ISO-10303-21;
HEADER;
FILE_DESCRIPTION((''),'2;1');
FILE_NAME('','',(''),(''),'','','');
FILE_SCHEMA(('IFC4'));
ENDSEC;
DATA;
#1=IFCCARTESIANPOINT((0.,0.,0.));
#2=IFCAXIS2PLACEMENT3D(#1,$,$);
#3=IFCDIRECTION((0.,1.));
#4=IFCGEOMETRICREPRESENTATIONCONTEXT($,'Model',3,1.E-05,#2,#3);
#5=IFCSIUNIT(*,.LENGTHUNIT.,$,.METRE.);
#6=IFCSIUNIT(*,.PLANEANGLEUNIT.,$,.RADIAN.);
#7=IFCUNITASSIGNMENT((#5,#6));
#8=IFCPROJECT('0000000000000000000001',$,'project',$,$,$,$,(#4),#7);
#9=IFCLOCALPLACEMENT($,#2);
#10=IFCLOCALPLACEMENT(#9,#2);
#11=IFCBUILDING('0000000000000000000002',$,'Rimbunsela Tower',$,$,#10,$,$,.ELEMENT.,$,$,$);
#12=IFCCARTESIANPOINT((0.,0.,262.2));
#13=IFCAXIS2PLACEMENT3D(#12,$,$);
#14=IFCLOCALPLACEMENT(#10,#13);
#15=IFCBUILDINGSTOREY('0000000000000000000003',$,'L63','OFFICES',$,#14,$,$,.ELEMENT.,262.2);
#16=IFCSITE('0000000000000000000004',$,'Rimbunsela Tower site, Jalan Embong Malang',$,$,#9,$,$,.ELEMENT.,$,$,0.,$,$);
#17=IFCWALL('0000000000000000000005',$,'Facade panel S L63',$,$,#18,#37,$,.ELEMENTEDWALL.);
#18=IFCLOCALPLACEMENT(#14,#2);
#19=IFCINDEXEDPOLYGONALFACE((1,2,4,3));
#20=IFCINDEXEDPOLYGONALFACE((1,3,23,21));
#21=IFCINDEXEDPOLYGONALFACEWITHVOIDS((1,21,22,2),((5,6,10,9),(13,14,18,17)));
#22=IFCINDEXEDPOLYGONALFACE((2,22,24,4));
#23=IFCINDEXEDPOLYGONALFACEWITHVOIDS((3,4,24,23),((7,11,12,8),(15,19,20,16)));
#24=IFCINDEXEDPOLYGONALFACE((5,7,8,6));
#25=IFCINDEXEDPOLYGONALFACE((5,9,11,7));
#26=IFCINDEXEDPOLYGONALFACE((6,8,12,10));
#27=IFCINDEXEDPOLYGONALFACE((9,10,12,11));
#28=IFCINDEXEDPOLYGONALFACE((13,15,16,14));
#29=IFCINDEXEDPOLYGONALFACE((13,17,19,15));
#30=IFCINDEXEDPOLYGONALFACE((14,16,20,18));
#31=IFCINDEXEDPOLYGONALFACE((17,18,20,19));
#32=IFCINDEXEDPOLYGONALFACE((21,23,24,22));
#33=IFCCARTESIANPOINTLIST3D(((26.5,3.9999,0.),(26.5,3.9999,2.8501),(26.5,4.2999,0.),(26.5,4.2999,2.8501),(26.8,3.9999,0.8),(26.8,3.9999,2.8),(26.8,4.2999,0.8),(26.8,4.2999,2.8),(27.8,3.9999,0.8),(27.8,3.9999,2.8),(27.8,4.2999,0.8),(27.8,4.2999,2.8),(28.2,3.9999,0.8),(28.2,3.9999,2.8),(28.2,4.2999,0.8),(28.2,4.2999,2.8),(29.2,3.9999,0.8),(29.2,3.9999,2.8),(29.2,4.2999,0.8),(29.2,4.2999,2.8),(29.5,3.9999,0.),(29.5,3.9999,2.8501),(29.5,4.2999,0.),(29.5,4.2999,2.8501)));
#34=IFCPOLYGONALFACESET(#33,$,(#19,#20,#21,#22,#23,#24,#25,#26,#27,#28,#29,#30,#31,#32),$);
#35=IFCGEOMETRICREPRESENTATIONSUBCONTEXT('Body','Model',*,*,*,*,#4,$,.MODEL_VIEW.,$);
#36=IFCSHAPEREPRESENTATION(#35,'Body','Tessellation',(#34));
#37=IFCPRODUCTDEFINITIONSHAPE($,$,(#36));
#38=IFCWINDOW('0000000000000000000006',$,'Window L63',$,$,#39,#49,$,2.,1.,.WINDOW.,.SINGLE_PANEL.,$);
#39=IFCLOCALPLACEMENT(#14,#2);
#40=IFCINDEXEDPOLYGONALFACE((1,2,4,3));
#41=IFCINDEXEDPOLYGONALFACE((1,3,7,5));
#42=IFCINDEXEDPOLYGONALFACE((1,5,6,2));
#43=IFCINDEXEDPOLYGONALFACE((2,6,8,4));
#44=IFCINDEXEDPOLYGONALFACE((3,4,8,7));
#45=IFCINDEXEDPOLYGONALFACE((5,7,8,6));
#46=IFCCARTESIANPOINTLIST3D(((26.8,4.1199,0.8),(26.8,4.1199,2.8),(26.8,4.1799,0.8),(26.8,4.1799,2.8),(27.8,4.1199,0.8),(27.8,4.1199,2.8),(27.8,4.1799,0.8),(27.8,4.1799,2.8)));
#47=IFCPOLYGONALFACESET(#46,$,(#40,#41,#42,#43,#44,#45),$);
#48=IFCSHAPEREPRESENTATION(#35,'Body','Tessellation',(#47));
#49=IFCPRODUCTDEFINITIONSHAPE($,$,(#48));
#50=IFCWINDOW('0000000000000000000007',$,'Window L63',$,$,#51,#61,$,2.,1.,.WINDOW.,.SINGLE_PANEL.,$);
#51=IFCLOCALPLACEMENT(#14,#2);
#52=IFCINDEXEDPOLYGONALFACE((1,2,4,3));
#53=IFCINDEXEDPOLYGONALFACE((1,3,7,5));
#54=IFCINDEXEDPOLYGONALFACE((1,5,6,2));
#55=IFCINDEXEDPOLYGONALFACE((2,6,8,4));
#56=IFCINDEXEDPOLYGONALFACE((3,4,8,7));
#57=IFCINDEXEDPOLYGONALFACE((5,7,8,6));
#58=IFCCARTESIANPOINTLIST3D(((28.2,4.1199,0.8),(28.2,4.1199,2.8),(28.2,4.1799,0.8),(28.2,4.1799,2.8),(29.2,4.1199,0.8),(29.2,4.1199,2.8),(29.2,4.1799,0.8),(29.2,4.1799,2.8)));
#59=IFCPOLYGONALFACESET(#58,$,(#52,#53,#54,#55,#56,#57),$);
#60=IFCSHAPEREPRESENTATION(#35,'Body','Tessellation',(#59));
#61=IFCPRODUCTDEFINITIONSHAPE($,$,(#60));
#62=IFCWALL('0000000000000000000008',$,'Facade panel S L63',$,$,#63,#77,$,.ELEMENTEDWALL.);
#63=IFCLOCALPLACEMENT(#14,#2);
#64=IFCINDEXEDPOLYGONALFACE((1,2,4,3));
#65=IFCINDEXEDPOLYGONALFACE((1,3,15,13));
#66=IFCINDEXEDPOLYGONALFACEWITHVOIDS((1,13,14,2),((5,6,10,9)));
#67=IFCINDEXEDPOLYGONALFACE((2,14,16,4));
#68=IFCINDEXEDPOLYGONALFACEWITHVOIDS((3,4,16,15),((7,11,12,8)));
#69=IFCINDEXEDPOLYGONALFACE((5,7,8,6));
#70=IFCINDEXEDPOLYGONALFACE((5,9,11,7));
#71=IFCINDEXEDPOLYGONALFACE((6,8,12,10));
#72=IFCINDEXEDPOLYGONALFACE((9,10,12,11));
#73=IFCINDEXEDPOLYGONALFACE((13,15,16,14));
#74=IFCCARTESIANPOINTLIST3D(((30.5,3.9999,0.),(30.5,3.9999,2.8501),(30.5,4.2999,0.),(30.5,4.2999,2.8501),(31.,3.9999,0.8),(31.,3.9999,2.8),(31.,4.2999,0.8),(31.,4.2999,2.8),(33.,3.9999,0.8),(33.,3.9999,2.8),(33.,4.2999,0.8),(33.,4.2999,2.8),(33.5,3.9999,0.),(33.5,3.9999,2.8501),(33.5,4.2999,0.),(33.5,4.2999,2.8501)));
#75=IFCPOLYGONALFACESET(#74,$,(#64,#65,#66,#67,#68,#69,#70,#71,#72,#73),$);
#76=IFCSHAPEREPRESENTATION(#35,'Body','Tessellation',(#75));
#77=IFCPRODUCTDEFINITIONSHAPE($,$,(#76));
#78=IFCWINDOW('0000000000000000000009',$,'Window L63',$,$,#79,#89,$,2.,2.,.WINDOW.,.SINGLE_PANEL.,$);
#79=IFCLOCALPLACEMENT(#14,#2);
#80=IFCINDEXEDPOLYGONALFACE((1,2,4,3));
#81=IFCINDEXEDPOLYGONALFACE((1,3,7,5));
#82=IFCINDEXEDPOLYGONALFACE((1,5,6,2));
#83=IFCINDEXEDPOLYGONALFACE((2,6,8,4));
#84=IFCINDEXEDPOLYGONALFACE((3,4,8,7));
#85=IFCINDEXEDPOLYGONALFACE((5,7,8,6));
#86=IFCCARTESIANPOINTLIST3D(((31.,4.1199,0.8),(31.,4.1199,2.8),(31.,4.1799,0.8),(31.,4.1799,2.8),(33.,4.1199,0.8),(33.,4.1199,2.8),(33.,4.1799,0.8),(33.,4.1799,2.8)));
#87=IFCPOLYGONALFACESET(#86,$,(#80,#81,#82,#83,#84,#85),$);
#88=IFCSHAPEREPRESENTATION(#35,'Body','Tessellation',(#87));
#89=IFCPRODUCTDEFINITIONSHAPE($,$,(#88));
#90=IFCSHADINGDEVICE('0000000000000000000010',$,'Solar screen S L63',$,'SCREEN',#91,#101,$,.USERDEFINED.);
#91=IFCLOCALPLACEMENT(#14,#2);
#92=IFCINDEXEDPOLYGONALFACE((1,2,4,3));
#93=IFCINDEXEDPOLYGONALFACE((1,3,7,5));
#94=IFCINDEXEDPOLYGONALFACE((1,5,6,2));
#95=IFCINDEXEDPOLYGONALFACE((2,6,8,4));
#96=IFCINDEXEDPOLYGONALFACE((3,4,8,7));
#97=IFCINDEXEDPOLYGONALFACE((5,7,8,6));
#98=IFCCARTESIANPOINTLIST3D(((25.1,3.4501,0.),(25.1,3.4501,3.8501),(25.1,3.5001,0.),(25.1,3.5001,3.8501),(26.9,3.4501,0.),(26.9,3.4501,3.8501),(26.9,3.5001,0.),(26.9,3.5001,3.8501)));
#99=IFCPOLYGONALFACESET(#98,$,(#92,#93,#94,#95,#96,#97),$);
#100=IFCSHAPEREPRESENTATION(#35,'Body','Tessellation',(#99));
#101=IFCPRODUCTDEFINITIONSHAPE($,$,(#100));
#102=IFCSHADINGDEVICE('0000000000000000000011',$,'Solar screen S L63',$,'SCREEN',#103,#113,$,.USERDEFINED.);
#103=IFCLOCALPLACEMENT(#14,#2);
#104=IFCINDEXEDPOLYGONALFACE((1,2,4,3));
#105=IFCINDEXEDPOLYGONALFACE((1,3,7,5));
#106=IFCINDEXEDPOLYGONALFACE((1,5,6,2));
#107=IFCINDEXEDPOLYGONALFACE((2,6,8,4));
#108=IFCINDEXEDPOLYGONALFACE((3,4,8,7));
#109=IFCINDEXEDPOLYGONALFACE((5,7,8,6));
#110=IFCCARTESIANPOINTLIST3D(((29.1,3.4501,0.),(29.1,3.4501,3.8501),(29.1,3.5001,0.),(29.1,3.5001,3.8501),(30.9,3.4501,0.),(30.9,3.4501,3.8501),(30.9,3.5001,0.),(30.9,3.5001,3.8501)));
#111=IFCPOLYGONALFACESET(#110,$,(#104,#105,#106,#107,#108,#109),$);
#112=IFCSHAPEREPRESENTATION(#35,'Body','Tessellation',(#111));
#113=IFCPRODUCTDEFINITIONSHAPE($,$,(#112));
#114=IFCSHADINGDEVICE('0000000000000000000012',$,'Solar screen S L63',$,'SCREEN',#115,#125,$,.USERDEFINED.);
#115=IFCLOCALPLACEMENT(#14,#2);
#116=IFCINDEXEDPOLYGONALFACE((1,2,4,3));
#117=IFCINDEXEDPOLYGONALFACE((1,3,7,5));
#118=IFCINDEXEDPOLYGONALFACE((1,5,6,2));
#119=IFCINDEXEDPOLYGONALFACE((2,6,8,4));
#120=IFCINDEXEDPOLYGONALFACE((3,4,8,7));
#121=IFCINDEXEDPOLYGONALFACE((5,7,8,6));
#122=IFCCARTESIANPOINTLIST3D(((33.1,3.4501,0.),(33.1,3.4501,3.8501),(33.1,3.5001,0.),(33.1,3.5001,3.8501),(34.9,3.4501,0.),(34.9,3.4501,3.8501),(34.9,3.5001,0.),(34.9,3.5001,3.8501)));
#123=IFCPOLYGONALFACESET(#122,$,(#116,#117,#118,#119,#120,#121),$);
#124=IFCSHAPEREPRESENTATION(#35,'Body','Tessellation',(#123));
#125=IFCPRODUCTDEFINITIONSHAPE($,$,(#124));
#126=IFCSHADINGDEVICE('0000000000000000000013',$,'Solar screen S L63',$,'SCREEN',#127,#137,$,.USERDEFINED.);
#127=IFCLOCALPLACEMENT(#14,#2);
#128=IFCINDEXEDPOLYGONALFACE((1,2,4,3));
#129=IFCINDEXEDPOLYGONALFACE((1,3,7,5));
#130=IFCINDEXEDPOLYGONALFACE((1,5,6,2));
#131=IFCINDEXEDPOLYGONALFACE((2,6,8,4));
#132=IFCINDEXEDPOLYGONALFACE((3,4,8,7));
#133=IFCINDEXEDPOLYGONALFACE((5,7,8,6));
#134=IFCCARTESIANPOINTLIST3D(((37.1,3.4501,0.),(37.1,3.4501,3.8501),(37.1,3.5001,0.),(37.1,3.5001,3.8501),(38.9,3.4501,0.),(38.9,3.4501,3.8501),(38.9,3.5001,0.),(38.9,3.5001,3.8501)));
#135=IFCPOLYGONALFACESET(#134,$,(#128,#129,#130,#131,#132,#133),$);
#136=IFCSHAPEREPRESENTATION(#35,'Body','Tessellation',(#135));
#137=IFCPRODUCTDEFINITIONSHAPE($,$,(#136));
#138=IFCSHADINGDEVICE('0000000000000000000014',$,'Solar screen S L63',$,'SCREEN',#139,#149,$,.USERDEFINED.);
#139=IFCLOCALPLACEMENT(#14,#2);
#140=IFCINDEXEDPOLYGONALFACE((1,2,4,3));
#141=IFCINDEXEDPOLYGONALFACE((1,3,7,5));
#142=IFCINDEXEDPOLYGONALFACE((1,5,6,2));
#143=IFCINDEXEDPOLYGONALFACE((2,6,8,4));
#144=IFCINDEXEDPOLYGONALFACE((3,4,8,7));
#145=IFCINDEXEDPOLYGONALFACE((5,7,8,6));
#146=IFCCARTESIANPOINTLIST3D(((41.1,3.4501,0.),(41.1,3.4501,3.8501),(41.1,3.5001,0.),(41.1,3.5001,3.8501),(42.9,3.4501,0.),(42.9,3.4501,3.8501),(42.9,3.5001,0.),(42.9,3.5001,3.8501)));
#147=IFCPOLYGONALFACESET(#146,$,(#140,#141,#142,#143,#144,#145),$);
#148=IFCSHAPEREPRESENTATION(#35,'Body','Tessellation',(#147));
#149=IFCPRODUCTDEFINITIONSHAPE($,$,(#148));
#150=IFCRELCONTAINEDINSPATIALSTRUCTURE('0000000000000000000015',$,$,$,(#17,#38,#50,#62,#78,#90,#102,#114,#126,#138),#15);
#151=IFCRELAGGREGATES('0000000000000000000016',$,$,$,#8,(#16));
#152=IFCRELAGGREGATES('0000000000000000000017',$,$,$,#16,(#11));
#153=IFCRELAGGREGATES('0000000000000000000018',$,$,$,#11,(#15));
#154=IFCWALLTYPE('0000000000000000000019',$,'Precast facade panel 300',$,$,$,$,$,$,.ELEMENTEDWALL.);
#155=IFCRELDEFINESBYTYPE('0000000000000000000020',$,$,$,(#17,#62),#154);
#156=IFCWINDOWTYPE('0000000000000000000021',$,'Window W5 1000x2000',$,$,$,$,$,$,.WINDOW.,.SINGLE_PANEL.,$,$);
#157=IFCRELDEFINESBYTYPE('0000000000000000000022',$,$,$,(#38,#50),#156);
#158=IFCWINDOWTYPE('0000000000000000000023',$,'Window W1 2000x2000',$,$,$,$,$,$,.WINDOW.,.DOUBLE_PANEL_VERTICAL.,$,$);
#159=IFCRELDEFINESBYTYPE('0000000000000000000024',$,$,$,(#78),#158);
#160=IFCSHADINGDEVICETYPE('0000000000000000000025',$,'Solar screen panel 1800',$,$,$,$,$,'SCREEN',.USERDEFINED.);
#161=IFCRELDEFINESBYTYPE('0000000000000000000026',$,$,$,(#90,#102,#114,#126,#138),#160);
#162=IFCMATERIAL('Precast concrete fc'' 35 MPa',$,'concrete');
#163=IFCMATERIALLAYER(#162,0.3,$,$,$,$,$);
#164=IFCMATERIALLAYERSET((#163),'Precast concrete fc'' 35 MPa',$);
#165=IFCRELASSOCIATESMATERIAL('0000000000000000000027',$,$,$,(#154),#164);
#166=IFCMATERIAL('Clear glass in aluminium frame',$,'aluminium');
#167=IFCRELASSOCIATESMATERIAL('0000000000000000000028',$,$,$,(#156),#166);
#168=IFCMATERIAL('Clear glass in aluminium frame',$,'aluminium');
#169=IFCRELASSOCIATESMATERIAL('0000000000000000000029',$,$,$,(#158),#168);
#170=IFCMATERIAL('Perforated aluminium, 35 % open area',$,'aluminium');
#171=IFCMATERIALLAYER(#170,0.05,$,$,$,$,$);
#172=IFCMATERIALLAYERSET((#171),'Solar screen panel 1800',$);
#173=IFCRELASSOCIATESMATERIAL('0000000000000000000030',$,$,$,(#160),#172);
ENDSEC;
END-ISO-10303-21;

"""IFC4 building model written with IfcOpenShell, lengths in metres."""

from ifc_helpers import new_model, si_unit, direction, frame, frame_2d, origin, origin_2d, place, context, subcontext, project, spatial, rectangle, extrude, material, layer, layer_set, type_object, element, fill, save


model = new_model("IFC4")

# Units and contexts
model_context = context("Model", 3, precision=1e-05, world=origin(), true_north=direction((0.0, 1.0)))
body_context = subcontext(model_context, "Body", "Model", "MODEL_VIEW")
ifc_project = project(units=[si_unit("LENGTHUNIT", "METRE"), si_unit("PLANEANGLEUNIT", "RADIAN")], contexts=[model_context])

# Site, building, storey
site_placement = place(None, origin())
site = spatial("IfcSite", under=ifc_project, at=site_placement, Name="Rimbunsela Tower site, Jalan Embong Malang", CompositionType="ELEMENT", RefElevation=0.0)
building_placement = place(site_placement, origin())
building = spatial("IfcBuilding", under=site, at=building_placement, Name="Rimbunsela Tower", CompositionType="ELEMENT")
storey_placement = place(building_placement, frame((0.0, 0.0, 262.2)))
storey = spatial("IfcBuildingStorey", under=building, at=storey_placement, Name="L63", Description="OFFICES", CompositionType="ELEMENT", Elevation=262.2)

# Wall, openings, windows
ifc_material_1 = material(Name="Precast concrete fc' 35 MPa", Category="concrete")
ifc_layer_1 = layer(ifc_material_1, 0.3)
ifc_layer_set_1 = layer_set([ifc_layer_1], Name="Precast concrete fc' 35 MPa")
wall_type = type_object("IfcWallType", Name="Precast facade panel 300", PredefinedType="ELEMENTEDWALL", material=ifc_layer_set_1)
wall_1_placement = place(storey_placement, frame((26.5, 4.1499, 0.0), z_axis=(0.0, 0.0, 1.0), x_axis=(1.0, 0.0, 0.0)))
wall_1 = element("IfcWall", 1, at=wall_1_placement, inside=storey, type_object=wall_type, Name="Facade panel S L63", PredefinedType="ELEMENTEDWALL", context=body_context, shape_type="SweptSolid", body=[
    extrude(rectangle(XDim=3.0, YDim=0.3, at=frame_2d((1.5, 0.0))), origin(), (0.0, 0.0, 1.0), 2.8501),
])
opening_1_placement = place(wall_1_placement, frame((0.3, 0.0, 0.8)))
opening_1 = element("IfcOpeningElement", 2, at=opening_1_placement, cuts=wall_1, PredefinedType="OPENING", context=body_context, shape_type="SweptSolid", body=[
    extrude(rectangle(XDim=1.0, YDim=2.0, at=frame_2d((0.5, 1.0))), frame((0.0, 0.1599, 0.0), z_axis=(0.0, -1.0, 0.0), x_axis=(1.0, 0.0, 0.0)), (0.0, 0.0, 1.0), 0.3201),
])
opening_2_placement = place(wall_1_placement, frame((1.7, 0.0, 0.8)))
opening_2 = element("IfcOpeningElement", 3, at=opening_2_placement, cuts=wall_1, PredefinedType="OPENING", context=body_context, shape_type="SweptSolid", body=[
    extrude(rectangle(XDim=1.0, YDim=2.0, at=frame_2d((0.5, 1.0))), frame((0.0, 0.1599, 0.0), z_axis=(0.0, -1.0, 0.0), x_axis=(1.0, 0.0, 0.0)), (0.0, 0.0, 1.0), 0.3201),
])
ifc_material_2 = material(Name="Clear glass in aluminium frame", Category="aluminium")
window_type_1 = type_object("IfcWindowType", Name="Window W5 1000x2000", PartitioningType="SINGLE_PANEL", PredefinedType="WINDOW", material=ifc_material_2)
window_1_placement = place(opening_1_placement, origin())
window_1 = element("IfcWindow", 4, at=window_1_placement, inside=storey, type_object=window_type_1, Name="Window L63", OverallHeight=2.0, OverallWidth=1.0, PartitioningType="SINGLE_PANEL", PredefinedType="WINDOW", context=body_context, shape_type="SweptSolid", body=[
    extrude(rectangle(XDim=1.0, YDim=2.0, at=frame_2d((0.5, 1.0))), frame((0.0, 0.03, 0.0), z_axis=(0.0, -1.0, 0.0), x_axis=(1.0, 0.0, 0.0)), (0.0, 0.0, 1.0), 0.0601),
])
fill(opening_1, window_1)
window_2_placement = place(opening_2_placement, origin())
window_2 = element("IfcWindow", 5, at=window_2_placement, inside=storey, type_object=window_type_1, Name="Window L63", OverallHeight=2.0, OverallWidth=1.0, PartitioningType="SINGLE_PANEL", PredefinedType="WINDOW", context=body_context, shape_type="SweptSolid", body=[
    extrude(rectangle(XDim=1.0, YDim=2.0, at=frame_2d((0.5, 1.0))), frame((0.0, 0.03, 0.0), z_axis=(0.0, -1.0, 0.0), x_axis=(1.0, 0.0, 0.0)), (0.0, 0.0, 1.0), 0.0601),
])
fill(opening_2, window_2)

# Wall, opening, window
wall_2_placement = place(storey_placement, frame((30.5, 4.1499, 0.0), z_axis=(0.0, 0.0, 1.0), x_axis=(1.0, 0.0, 0.0)))
wall_2 = element("IfcWall", 6, at=wall_2_placement, inside=storey, type_object=wall_type, Name="Facade panel S L63", PredefinedType="ELEMENTEDWALL", context=body_context, shape_type="SweptSolid", body=[
    extrude(rectangle(XDim=3.0, YDim=0.3, at=frame_2d((1.5, 0.0))), origin(), (0.0, 0.0, 1.0), 2.8501),
])
opening_3_placement = place(wall_2_placement, frame((0.5, 0.0, 0.8)))
opening_3 = element("IfcOpeningElement", 7, at=opening_3_placement, cuts=wall_2, PredefinedType="OPENING", context=body_context, shape_type="SweptSolid", body=[
    extrude(rectangle(XDim=2.0, YDim=2.0, at=frame_2d((1.0, 1.0))), frame((0.0, 0.1599, 0.0), z_axis=(0.0, -1.0, 0.0), x_axis=(1.0, 0.0, 0.0)), (0.0, 0.0, 1.0), 0.3201),
])
ifc_material_3 = material(Name="Clear glass in aluminium frame", Category="aluminium")
window_type_2 = type_object("IfcWindowType", Name="Window W1 2000x2000", PartitioningType="DOUBLE_PANEL_VERTICAL", PredefinedType="WINDOW", material=ifc_material_3)
window_3_placement = place(opening_3_placement, origin())
window_3 = element("IfcWindow", 8, at=window_3_placement, inside=storey, type_object=window_type_2, Name="Window L63", OverallHeight=2.0, OverallWidth=2.0, PartitioningType="SINGLE_PANEL", PredefinedType="WINDOW", context=body_context, shape_type="SweptSolid", body=[
    extrude(rectangle(XDim=2.0, YDim=2.0, at=frame_2d((1.0, 1.0))), frame((0.0, 0.03, 0.0), z_axis=(0.0, -1.0, 0.0), x_axis=(1.0, 0.0, 0.0)), (0.0, 0.0, 1.0), 0.0601),
])
fill(opening_3, window_3)

# Shading devices
ifc_material_4 = material(Name="Perforated aluminium, 35 % open area", Category="aluminium")
ifc_layer_2 = layer(ifc_material_4, 0.05)
ifc_layer_set_2 = layer_set([ifc_layer_2], Name="Solar screen panel 1800")
shading_device_type = type_object("IfcShadingDeviceType", Name="Solar screen panel 1800", ElementType="SCREEN", PredefinedType="USERDEFINED", material=ifc_layer_set_2)
for number, where, z_axis, x_axis, name in (
    (9, (26.0, 3.4751, 0.0), (0.0, 0.0, 1.0), (1.0, 0.0, 0.0), "Solar screen S L63"),
    (10, (30.0, 3.4751, 0.0), (0.0, 0.0, 1.0), (1.0, 0.0, 0.0), "Solar screen S L63"),
    (11, (34.0, 3.4751, 0.0), (0.0, 0.0, 1.0), (1.0, 0.0, 0.0), "Solar screen S L63"),
    (12, (38.0, 3.4751, 0.0), (0.0, 0.0, 1.0), (1.0, 0.0, 0.0), "Solar screen S L63"),
    (13, (42.0, 3.4751, 0.0), (0.0, 0.0, 1.0), (1.0, 0.0, 0.0), "Solar screen S L63"),
):
    element("IfcShadingDevice", number, at=place(storey_placement, frame(where, z_axis=z_axis, x_axis=x_axis)), inside=storey, type_object=shading_device_type, Name=name, ObjectType="SCREEN", PredefinedType="USERDEFINED", context=body_context, shape_type="SweptSolid", body=[
        extrude(rectangle(XDim=1.8, YDim=0.05, at=origin_2d()), origin(), (0.0, 0.0, 1.0), 3.8501),
    ])

save(model, "model.ifc")
